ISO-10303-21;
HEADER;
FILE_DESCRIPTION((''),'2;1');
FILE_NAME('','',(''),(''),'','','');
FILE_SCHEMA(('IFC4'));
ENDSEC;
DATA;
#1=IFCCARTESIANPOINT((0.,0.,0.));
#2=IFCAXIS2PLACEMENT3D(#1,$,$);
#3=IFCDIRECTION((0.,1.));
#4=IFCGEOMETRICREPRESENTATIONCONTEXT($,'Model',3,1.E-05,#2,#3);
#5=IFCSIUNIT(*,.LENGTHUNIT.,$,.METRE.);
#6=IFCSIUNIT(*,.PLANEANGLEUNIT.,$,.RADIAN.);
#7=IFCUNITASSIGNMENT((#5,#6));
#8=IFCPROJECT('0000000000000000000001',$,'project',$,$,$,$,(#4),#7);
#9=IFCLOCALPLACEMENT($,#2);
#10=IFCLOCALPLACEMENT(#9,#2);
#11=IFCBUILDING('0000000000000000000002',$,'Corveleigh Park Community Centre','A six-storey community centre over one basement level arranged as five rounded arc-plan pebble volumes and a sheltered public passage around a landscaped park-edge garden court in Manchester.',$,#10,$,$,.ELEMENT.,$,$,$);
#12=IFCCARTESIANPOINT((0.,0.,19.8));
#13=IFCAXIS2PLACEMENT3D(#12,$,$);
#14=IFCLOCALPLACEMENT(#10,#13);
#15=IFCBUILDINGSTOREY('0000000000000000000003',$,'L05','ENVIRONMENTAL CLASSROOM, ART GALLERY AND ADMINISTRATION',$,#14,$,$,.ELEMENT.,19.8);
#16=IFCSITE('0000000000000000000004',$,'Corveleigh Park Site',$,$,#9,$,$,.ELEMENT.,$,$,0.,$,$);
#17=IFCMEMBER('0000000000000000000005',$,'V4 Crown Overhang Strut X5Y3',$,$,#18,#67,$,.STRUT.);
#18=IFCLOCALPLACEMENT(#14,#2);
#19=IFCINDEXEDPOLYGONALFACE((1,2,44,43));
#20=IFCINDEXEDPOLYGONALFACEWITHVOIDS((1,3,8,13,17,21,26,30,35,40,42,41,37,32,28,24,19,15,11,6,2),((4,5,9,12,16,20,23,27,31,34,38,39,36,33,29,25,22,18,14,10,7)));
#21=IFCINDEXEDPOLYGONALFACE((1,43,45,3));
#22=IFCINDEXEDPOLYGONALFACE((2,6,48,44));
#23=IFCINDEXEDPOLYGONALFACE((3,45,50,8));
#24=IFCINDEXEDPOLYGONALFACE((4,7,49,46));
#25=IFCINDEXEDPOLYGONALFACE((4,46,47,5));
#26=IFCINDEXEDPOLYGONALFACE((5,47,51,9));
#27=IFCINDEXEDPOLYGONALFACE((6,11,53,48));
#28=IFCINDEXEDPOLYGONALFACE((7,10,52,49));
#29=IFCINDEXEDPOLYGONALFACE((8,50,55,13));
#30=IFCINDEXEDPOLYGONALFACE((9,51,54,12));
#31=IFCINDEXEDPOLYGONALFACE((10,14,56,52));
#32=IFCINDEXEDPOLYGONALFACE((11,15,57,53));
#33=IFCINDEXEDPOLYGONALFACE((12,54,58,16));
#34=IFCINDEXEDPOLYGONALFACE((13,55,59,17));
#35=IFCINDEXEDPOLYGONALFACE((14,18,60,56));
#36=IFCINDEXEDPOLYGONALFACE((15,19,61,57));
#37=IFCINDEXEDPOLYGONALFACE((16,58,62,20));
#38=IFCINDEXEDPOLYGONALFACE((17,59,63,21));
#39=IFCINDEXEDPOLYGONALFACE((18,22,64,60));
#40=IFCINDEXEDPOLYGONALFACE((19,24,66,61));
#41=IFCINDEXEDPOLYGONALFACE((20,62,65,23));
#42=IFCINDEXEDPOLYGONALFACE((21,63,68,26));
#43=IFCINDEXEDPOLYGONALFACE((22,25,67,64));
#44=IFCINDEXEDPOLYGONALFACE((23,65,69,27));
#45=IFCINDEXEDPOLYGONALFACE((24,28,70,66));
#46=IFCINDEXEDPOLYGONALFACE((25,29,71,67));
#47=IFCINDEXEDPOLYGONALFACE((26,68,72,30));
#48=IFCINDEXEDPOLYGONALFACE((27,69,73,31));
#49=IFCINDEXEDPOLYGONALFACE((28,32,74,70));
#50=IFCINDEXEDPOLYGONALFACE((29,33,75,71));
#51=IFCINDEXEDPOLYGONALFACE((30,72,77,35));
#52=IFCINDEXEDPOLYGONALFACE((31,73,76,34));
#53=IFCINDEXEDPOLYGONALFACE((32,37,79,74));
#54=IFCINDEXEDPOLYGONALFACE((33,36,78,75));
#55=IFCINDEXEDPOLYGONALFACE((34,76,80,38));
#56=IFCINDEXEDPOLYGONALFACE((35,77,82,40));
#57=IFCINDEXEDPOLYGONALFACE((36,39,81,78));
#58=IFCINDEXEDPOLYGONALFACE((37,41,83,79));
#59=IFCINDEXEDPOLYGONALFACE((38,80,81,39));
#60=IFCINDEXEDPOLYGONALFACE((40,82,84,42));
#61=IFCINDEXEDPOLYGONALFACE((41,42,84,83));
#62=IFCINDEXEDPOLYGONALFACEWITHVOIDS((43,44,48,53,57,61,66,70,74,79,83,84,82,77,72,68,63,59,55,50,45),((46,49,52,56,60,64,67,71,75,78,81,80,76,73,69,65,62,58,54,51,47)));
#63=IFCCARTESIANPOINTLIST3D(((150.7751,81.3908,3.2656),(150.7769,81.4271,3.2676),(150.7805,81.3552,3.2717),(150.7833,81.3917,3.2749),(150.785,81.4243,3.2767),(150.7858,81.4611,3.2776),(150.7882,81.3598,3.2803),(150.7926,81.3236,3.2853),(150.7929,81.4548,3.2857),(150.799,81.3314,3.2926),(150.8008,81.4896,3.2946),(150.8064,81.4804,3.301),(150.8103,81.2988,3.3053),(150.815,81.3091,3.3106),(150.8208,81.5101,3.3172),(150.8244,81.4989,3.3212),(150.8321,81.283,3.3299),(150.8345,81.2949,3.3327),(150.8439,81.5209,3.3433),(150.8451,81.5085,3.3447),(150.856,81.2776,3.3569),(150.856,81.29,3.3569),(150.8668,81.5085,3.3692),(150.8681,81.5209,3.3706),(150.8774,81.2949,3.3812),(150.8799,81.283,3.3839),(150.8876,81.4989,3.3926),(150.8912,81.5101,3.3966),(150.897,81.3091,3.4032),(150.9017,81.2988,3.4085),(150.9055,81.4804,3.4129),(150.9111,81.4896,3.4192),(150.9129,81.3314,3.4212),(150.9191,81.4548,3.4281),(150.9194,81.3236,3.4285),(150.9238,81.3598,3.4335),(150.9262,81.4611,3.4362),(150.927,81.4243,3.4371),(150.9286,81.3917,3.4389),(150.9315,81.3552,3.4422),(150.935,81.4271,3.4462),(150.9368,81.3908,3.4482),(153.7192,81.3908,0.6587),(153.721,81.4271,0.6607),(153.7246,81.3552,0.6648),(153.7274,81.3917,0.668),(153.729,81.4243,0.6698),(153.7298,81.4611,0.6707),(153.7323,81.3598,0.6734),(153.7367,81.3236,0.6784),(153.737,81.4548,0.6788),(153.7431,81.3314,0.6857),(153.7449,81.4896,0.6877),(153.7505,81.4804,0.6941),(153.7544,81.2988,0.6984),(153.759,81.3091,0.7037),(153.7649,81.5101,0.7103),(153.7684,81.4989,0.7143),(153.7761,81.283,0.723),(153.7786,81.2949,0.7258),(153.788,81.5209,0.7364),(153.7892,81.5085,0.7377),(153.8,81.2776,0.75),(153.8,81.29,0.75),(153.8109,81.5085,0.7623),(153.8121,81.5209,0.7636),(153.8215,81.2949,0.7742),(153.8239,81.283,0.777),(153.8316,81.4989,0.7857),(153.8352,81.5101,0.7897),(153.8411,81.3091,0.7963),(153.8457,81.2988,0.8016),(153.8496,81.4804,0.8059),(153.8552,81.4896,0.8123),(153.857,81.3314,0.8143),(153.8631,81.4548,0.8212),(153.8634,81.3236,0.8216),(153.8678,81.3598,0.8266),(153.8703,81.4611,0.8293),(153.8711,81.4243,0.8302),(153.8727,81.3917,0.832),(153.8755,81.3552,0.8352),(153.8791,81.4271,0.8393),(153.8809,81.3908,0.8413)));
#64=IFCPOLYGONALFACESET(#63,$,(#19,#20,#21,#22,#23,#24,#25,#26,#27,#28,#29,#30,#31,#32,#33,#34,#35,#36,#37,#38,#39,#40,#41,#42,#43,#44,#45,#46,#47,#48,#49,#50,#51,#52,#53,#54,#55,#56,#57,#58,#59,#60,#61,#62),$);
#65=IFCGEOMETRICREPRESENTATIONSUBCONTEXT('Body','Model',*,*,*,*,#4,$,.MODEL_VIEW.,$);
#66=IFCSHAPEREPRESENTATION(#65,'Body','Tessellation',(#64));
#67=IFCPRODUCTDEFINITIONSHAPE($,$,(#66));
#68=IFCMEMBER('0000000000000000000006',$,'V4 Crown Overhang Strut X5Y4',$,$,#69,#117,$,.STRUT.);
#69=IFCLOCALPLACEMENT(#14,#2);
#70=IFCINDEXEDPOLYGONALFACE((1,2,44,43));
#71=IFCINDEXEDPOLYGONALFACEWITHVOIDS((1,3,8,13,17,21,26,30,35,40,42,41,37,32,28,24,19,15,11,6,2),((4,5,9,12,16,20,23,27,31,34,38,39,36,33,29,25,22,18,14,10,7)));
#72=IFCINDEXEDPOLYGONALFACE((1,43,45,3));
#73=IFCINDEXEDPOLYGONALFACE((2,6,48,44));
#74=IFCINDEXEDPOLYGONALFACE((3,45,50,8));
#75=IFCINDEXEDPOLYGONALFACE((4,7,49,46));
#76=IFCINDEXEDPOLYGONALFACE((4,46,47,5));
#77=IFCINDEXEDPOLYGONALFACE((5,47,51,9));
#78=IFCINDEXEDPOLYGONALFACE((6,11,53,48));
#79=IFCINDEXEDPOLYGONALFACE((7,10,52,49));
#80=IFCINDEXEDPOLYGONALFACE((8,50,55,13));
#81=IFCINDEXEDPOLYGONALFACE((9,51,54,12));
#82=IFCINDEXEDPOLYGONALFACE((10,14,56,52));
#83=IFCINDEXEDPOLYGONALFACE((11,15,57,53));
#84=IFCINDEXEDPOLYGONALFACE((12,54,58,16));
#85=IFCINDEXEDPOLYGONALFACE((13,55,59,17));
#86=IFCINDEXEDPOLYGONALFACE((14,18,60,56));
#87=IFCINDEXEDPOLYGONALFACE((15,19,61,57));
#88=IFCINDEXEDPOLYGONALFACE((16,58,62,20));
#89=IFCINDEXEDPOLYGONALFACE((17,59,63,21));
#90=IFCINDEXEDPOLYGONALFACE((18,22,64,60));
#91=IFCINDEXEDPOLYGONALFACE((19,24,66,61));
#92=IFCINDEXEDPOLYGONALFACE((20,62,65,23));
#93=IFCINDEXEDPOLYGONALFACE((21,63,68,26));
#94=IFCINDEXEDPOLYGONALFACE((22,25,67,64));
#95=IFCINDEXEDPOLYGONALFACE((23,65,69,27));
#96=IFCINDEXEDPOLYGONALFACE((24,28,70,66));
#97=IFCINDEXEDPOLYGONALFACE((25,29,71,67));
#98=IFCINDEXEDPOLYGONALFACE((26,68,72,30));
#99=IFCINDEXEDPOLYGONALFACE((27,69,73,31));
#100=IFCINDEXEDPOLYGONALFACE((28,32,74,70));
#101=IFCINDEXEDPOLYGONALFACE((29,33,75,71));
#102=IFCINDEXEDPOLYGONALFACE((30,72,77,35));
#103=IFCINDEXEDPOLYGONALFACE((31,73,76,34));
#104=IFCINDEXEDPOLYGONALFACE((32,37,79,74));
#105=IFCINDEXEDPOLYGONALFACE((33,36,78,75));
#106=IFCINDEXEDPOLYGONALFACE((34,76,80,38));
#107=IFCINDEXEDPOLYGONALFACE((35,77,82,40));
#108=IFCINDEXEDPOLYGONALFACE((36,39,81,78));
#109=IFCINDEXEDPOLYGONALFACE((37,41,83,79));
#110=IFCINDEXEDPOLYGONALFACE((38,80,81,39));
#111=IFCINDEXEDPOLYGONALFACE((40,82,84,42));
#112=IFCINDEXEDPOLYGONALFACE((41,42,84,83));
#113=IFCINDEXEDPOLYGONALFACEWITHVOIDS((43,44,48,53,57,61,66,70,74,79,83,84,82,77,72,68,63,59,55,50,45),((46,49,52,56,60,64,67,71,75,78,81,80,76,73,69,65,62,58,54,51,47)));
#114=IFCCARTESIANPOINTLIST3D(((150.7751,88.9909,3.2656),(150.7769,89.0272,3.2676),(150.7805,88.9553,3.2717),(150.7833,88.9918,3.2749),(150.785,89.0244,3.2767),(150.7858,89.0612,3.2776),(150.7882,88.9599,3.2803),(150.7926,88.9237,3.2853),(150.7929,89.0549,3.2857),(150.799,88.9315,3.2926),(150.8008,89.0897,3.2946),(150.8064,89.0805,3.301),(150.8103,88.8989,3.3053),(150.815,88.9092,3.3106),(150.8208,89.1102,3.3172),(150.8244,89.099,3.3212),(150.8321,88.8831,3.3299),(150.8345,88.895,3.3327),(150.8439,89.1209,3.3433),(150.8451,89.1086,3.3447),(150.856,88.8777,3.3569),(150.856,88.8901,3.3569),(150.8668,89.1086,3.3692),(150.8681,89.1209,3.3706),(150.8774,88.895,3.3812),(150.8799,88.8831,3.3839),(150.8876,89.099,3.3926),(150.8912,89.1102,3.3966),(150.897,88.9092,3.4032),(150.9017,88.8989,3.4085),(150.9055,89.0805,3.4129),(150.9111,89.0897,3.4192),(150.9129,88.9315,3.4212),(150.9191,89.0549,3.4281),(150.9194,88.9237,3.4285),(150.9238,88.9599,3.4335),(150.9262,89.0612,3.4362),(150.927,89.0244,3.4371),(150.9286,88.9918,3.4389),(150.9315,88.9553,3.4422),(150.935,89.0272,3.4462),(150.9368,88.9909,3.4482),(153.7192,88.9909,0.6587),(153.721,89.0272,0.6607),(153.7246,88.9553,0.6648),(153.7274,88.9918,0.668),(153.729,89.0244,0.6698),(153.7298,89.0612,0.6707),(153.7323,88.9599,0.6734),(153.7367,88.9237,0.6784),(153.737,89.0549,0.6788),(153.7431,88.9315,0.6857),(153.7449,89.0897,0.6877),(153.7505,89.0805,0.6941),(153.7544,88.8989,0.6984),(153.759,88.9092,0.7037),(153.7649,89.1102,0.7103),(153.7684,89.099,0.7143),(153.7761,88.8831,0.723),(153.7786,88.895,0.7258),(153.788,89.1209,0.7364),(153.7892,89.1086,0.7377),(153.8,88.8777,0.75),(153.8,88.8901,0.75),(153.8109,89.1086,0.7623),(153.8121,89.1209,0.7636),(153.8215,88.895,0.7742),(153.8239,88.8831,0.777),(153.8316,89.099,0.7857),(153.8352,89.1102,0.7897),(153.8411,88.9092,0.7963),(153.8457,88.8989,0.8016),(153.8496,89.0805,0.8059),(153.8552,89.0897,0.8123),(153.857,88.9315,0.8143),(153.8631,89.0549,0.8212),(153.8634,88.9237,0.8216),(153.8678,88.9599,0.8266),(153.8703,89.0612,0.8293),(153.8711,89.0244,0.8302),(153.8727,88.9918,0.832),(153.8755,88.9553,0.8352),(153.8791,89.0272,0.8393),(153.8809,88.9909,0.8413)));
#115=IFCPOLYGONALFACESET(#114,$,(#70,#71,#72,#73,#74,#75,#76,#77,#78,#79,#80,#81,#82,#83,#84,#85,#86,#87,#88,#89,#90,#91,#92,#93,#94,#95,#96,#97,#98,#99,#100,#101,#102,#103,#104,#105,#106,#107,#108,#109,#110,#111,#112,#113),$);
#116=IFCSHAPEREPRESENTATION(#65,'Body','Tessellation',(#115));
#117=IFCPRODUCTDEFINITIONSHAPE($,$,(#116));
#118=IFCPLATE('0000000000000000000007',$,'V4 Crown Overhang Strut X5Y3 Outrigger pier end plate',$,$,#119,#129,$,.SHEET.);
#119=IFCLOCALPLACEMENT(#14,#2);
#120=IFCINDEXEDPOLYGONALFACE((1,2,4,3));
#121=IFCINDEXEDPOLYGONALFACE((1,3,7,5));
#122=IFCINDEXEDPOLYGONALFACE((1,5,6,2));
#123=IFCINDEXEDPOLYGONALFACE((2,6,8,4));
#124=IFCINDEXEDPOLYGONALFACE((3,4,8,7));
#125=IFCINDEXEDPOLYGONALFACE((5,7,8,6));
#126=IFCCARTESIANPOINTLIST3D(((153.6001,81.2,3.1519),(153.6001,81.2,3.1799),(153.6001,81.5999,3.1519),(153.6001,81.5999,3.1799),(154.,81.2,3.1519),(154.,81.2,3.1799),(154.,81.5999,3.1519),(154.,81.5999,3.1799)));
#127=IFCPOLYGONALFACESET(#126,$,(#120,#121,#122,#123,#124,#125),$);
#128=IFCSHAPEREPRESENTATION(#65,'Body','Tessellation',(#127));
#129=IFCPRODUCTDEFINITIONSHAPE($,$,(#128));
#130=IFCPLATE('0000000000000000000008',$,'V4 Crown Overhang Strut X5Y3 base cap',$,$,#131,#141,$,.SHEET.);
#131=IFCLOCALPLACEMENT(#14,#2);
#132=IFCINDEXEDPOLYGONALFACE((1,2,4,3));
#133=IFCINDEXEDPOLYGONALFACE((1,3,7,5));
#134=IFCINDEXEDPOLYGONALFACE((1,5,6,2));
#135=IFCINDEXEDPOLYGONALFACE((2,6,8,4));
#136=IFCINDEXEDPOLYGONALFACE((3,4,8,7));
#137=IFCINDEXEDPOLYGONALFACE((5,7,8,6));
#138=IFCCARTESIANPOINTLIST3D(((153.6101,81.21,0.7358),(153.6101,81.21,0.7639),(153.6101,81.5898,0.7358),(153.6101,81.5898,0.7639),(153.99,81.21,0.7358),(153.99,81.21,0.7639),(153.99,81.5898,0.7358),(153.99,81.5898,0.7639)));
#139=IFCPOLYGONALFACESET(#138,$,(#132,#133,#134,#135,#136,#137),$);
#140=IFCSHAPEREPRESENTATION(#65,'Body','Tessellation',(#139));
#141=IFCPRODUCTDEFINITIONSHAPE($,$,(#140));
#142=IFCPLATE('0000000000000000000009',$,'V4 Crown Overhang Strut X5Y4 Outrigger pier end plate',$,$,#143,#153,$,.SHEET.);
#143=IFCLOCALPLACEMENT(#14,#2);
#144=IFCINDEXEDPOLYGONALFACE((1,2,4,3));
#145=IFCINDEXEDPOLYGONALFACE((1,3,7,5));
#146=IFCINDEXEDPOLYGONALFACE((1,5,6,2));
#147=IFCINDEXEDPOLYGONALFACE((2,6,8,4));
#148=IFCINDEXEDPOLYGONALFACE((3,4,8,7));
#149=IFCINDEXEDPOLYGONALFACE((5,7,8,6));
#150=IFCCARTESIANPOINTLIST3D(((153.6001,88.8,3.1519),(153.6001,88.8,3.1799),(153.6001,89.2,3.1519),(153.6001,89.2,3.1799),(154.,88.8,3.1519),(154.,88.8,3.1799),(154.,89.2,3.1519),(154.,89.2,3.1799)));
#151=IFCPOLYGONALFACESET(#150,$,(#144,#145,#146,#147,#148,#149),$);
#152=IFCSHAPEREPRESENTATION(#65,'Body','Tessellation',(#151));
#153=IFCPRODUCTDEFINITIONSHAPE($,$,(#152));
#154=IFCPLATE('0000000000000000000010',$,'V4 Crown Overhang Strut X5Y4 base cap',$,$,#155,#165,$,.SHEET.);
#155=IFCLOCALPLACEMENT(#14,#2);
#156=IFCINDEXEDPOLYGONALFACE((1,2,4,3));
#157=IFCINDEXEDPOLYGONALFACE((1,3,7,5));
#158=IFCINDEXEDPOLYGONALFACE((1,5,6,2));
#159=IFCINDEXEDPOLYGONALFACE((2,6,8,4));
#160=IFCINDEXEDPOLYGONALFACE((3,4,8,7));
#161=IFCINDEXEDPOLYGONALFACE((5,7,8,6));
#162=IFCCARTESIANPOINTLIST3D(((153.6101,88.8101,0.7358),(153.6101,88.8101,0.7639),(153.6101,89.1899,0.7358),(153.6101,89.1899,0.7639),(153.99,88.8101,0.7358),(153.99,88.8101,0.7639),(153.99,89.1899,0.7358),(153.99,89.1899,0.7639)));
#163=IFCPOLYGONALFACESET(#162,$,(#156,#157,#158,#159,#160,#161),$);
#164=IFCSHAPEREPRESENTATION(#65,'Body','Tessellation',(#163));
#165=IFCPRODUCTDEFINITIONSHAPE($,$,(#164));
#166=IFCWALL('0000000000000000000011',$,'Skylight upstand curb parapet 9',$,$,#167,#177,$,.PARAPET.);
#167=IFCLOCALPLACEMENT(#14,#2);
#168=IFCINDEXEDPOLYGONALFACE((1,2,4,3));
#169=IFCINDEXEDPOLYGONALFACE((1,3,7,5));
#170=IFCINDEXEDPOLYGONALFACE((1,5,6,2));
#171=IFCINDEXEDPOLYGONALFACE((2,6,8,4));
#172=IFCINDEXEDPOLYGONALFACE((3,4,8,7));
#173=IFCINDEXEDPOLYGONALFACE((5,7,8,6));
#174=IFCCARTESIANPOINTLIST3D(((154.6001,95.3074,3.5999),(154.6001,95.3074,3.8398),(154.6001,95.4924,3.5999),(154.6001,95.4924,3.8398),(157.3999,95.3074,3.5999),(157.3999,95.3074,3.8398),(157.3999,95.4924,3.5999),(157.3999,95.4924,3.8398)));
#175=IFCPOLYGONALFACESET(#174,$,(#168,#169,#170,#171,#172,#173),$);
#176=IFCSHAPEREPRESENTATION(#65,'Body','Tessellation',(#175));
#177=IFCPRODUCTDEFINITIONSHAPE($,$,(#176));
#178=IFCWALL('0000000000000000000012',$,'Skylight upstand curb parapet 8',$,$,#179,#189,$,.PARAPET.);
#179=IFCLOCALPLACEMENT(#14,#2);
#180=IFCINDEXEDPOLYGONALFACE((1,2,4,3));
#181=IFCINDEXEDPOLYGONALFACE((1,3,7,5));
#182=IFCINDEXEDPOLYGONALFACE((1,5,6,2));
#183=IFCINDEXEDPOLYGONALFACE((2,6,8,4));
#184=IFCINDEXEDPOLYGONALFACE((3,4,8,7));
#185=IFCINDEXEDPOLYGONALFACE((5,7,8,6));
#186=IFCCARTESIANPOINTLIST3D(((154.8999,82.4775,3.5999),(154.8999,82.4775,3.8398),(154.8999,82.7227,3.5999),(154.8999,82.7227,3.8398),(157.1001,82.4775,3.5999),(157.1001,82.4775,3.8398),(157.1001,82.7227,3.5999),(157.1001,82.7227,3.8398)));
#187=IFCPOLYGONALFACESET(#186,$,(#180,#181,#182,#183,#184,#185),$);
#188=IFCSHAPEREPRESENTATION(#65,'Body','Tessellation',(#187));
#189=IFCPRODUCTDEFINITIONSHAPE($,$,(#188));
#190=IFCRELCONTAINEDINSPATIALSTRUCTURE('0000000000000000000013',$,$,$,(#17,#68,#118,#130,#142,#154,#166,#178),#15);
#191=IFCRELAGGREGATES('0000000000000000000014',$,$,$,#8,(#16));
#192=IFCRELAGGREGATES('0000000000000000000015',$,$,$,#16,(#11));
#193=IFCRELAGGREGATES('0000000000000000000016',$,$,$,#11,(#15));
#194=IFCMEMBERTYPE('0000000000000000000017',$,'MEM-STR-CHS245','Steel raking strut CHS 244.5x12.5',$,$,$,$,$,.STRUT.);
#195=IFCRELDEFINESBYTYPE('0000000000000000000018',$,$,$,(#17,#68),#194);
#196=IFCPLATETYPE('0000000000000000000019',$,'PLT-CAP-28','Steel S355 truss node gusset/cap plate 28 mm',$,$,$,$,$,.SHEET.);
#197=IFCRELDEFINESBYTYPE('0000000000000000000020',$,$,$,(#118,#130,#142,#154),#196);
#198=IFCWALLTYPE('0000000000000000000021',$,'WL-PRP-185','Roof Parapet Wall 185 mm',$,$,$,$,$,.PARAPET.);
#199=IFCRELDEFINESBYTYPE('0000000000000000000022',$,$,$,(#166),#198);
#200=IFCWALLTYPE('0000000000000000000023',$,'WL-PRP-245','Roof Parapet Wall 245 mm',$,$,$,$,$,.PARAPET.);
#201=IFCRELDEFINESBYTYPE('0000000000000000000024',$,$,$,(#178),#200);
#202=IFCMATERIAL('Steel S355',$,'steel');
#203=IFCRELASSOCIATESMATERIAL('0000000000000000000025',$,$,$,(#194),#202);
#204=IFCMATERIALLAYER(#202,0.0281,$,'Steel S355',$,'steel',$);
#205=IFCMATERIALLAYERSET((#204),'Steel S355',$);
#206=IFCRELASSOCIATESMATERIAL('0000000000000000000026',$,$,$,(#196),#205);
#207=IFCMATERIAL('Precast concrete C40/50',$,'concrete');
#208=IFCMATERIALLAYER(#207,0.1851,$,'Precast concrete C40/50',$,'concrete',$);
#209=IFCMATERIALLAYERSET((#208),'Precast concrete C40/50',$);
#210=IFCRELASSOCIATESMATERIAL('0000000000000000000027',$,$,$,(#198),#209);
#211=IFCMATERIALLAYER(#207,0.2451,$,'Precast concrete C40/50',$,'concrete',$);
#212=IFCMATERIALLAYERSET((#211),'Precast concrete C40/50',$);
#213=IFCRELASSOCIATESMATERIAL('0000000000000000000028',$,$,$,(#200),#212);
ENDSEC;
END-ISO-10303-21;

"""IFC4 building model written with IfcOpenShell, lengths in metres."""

from ifc_helpers import new_model, si_unit, direction, frame, frame_2d, origin, origin_2d, place, context, subcontext, project, spatial, rectangle, hollow_circle, extrude, material, layer, layer_set, material_profile, profile_set, type_object, element, save


model = new_model("IFC4")

# Units and contexts
model_context = context("Model", 3, precision=1e-05, world=origin(), true_north=direction((0.0, 1.0)))
body_context = subcontext(model_context, "Body", "Model", "MODEL_VIEW")
ifc_project = project(units=[si_unit("LENGTHUNIT", "METRE"), si_unit("PLANEANGLEUNIT", "RADIAN")], contexts=[model_context])

# Site, building, storey
site_placement = place(None, origin())
site = spatial("IfcSite", under=ifc_project, at=site_placement, Name="Corveleigh Park Site", CompositionType="ELEMENT", RefElevation=0.0)
building_placement = place(site_placement, origin())
building = spatial("IfcBuilding", under=site, at=building_placement, Name="Corveleigh Park Community Centre", Description="A six-storey community centre over one basement level arranged as five rounded arc-plan pebble volumes and a sheltered public passage around a landscaped park-edge garden court in Manchester.", CompositionType="ELEMENT")
storey_placement = place(building_placement, frame((0.0, 0.0, 19.8)))
storey = spatial("IfcBuildingStorey", under=building, at=storey_placement, Name="L05", Description="ENVIRONMENTAL CLASSROOM, ART GALLERY AND ADMINISTRATION", CompositionType="ELEMENT", Elevation=19.8)

# Shared definitions
ifc_material_1 = material(Name="Steel S355", Category="steel")

# Members
ifc_material_profile_1 = material_profile(ifc_material_1, hollow_circle(Radius=0.1223, WallThickness=0.0125, at=origin_2d()), Name="CHS 244.5x12.5", Category="steel")
ifc_profile_set_1 = profile_set([ifc_material_profile_1], Name="Steel S355")
member_type = type_object("IfcMemberType", Name="MEM-STR-CHS245", Description="Steel raking strut CHS 244.5x12.5", PredefinedType="STRUT", material=ifc_profile_set_1)
for number, where, z_axis, x_axis, name in (
    (1, (153.8, 81.3999, 0.75), (-0.748675, 0.0, 0.662937), (0.0, -1.0, 0.0), "V4 Crown Overhang Strut X5Y3"),
    (2, (153.8, 89.0, 0.75), (-0.748675, 0.0, 0.662937), (0.0, -1.0, 0.0), "V4 Crown Overhang Strut X5Y4"),
):
    element("IfcMember", number, at=place(storey_placement, frame(where, z_axis=z_axis, x_axis=x_axis)), inside=storey, type_object=member_type, Name=name, PredefinedType="STRUT", context=body_context, shape_type="SweptSolid", body=[
        extrude(hollow_circle(Radius=0.1223, WallThickness=0.0125, at=origin_2d()), origin(), (0.0, 0.0, 1.0), 3.9324),
    ])

# Plates
ifc_layer_1 = layer(ifc_material_1, 0.0281, Name="Steel S355", Category="steel")
ifc_layer_set_1 = layer_set([ifc_layer_1], Name="Steel S355")
plate_type = type_object("IfcPlateType", Name="PLT-CAP-28", Description="Steel S355 truss node gusset/cap plate 28 mm", PredefinedType="SHEET", material=ifc_layer_set_1)
plate_1_placement = place(storey_placement, frame((153.8, 81.3999, 3.1519), z_axis=(0.0, 0.0, 1.0), x_axis=(1.0, 0.0, 0.0)))
element("IfcPlate", 3, at=plate_1_placement, inside=storey, type_object=plate_type, Name="V4 Crown Overhang Strut X5Y3 Outrigger pier end plate", PredefinedType="SHEET", context=body_context, shape_type="SweptSolid", body=[
    extrude(rectangle(XDim=0.3999, YDim=0.3999, at=origin_2d()), origin(), (0.0, 0.0, 1.0), 0.0281),
])
plate_2_placement = place(storey_placement, frame((153.8, 81.3999, 0.7358), z_axis=(0.0, 0.0, 1.0), x_axis=(1.0, 0.0, 0.0)))
element("IfcPlate", 4, at=plate_2_placement, inside=storey, type_object=plate_type, Name="V4 Crown Overhang Strut X5Y3 base cap", PredefinedType="SHEET", context=body_context, shape_type="SweptSolid", body=[
    extrude(rectangle(XDim=0.3799, YDim=0.3799, at=origin_2d()), origin(), (0.0, 0.0, 1.0), 0.0281),
])
plate_3_placement = place(storey_placement, frame((153.8, 89.0, 3.1519), z_axis=(0.0, 0.0, 1.0), x_axis=(1.0, 0.0, 0.0)))
element("IfcPlate", 5, at=plate_3_placement, inside=storey, type_object=plate_type, Name="V4 Crown Overhang Strut X5Y4 Outrigger pier end plate", PredefinedType="SHEET", context=body_context, shape_type="SweptSolid", body=[
    extrude(rectangle(XDim=0.3999, YDim=0.3999, at=origin_2d()), origin(), (0.0, 0.0, 1.0), 0.0281),
])
plate_4_placement = place(storey_placement, frame((153.8, 89.0, 0.7358), z_axis=(0.0, 0.0, 1.0), x_axis=(1.0, 0.0, 0.0)))
element("IfcPlate", 6, at=plate_4_placement, inside=storey, type_object=plate_type, Name="V4 Crown Overhang Strut X5Y4 base cap", PredefinedType="SHEET", context=body_context, shape_type="SweptSolid", body=[
    extrude(rectangle(XDim=0.3799, YDim=0.3799, at=origin_2d()), origin(), (0.0, 0.0, 1.0), 0.0281),
])

# Walls
ifc_material_2 = material(Name="Precast concrete C40/50", Category="concrete")
ifc_layer_2 = layer(ifc_material_2, 0.1851, Name="Precast concrete C40/50", Category="concrete")
ifc_layer_set_2 = layer_set([ifc_layer_2], Name="Precast concrete C40/50")
wall_type_1 = type_object("IfcWallType", Name="WL-PRP-185", Description="Roof Parapet Wall 185 mm", PredefinedType="PARAPET", material=ifc_layer_set_2)
wall_1_placement = place(storey_placement, frame((154.6001, 95.3999, 3.5999), z_axis=(0.0, 0.0, 1.0), x_axis=(1.0, 0.0, 0.0)))
element("IfcWall", 7, at=wall_1_placement, inside=storey, type_object=wall_type_1, Name="Skylight upstand curb parapet 9", PredefinedType="PARAPET", context=body_context, shape_type="SweptSolid", body=[
    extrude(rectangle(XDim=2.7998, YDim=0.1851, at=frame_2d((1.3999, 0.0))), origin(), (0.0, 0.0, 1.0), 0.24),
])
ifc_layer_3 = layer(ifc_material_2, 0.2451, Name="Precast concrete C40/50", Category="concrete")
ifc_layer_set_3 = layer_set([ifc_layer_3], Name="Precast concrete C40/50")
wall_type_2 = type_object("IfcWallType", Name="WL-PRP-245", Description="Roof Parapet Wall 245 mm", PredefinedType="PARAPET", material=ifc_layer_set_3)
wall_2_placement = place(storey_placement, frame((157.1001, 82.6001, 3.5999), z_axis=(0.0, 0.0, 1.0), x_axis=(-1.0, 0.0, 0.0)))
element("IfcWall", 8, at=wall_2_placement, inside=storey, type_object=wall_type_2, Name="Skylight upstand curb parapet 8", PredefinedType="PARAPET", context=body_context, shape_type="SweptSolid", body=[
    extrude(rectangle(XDim=2.2002, YDim=0.2451, at=frame_2d((1.1001, 0.0))), origin(), (0.0, 0.0, 1.0), 0.24),
])

save(model, "model.ifc")
